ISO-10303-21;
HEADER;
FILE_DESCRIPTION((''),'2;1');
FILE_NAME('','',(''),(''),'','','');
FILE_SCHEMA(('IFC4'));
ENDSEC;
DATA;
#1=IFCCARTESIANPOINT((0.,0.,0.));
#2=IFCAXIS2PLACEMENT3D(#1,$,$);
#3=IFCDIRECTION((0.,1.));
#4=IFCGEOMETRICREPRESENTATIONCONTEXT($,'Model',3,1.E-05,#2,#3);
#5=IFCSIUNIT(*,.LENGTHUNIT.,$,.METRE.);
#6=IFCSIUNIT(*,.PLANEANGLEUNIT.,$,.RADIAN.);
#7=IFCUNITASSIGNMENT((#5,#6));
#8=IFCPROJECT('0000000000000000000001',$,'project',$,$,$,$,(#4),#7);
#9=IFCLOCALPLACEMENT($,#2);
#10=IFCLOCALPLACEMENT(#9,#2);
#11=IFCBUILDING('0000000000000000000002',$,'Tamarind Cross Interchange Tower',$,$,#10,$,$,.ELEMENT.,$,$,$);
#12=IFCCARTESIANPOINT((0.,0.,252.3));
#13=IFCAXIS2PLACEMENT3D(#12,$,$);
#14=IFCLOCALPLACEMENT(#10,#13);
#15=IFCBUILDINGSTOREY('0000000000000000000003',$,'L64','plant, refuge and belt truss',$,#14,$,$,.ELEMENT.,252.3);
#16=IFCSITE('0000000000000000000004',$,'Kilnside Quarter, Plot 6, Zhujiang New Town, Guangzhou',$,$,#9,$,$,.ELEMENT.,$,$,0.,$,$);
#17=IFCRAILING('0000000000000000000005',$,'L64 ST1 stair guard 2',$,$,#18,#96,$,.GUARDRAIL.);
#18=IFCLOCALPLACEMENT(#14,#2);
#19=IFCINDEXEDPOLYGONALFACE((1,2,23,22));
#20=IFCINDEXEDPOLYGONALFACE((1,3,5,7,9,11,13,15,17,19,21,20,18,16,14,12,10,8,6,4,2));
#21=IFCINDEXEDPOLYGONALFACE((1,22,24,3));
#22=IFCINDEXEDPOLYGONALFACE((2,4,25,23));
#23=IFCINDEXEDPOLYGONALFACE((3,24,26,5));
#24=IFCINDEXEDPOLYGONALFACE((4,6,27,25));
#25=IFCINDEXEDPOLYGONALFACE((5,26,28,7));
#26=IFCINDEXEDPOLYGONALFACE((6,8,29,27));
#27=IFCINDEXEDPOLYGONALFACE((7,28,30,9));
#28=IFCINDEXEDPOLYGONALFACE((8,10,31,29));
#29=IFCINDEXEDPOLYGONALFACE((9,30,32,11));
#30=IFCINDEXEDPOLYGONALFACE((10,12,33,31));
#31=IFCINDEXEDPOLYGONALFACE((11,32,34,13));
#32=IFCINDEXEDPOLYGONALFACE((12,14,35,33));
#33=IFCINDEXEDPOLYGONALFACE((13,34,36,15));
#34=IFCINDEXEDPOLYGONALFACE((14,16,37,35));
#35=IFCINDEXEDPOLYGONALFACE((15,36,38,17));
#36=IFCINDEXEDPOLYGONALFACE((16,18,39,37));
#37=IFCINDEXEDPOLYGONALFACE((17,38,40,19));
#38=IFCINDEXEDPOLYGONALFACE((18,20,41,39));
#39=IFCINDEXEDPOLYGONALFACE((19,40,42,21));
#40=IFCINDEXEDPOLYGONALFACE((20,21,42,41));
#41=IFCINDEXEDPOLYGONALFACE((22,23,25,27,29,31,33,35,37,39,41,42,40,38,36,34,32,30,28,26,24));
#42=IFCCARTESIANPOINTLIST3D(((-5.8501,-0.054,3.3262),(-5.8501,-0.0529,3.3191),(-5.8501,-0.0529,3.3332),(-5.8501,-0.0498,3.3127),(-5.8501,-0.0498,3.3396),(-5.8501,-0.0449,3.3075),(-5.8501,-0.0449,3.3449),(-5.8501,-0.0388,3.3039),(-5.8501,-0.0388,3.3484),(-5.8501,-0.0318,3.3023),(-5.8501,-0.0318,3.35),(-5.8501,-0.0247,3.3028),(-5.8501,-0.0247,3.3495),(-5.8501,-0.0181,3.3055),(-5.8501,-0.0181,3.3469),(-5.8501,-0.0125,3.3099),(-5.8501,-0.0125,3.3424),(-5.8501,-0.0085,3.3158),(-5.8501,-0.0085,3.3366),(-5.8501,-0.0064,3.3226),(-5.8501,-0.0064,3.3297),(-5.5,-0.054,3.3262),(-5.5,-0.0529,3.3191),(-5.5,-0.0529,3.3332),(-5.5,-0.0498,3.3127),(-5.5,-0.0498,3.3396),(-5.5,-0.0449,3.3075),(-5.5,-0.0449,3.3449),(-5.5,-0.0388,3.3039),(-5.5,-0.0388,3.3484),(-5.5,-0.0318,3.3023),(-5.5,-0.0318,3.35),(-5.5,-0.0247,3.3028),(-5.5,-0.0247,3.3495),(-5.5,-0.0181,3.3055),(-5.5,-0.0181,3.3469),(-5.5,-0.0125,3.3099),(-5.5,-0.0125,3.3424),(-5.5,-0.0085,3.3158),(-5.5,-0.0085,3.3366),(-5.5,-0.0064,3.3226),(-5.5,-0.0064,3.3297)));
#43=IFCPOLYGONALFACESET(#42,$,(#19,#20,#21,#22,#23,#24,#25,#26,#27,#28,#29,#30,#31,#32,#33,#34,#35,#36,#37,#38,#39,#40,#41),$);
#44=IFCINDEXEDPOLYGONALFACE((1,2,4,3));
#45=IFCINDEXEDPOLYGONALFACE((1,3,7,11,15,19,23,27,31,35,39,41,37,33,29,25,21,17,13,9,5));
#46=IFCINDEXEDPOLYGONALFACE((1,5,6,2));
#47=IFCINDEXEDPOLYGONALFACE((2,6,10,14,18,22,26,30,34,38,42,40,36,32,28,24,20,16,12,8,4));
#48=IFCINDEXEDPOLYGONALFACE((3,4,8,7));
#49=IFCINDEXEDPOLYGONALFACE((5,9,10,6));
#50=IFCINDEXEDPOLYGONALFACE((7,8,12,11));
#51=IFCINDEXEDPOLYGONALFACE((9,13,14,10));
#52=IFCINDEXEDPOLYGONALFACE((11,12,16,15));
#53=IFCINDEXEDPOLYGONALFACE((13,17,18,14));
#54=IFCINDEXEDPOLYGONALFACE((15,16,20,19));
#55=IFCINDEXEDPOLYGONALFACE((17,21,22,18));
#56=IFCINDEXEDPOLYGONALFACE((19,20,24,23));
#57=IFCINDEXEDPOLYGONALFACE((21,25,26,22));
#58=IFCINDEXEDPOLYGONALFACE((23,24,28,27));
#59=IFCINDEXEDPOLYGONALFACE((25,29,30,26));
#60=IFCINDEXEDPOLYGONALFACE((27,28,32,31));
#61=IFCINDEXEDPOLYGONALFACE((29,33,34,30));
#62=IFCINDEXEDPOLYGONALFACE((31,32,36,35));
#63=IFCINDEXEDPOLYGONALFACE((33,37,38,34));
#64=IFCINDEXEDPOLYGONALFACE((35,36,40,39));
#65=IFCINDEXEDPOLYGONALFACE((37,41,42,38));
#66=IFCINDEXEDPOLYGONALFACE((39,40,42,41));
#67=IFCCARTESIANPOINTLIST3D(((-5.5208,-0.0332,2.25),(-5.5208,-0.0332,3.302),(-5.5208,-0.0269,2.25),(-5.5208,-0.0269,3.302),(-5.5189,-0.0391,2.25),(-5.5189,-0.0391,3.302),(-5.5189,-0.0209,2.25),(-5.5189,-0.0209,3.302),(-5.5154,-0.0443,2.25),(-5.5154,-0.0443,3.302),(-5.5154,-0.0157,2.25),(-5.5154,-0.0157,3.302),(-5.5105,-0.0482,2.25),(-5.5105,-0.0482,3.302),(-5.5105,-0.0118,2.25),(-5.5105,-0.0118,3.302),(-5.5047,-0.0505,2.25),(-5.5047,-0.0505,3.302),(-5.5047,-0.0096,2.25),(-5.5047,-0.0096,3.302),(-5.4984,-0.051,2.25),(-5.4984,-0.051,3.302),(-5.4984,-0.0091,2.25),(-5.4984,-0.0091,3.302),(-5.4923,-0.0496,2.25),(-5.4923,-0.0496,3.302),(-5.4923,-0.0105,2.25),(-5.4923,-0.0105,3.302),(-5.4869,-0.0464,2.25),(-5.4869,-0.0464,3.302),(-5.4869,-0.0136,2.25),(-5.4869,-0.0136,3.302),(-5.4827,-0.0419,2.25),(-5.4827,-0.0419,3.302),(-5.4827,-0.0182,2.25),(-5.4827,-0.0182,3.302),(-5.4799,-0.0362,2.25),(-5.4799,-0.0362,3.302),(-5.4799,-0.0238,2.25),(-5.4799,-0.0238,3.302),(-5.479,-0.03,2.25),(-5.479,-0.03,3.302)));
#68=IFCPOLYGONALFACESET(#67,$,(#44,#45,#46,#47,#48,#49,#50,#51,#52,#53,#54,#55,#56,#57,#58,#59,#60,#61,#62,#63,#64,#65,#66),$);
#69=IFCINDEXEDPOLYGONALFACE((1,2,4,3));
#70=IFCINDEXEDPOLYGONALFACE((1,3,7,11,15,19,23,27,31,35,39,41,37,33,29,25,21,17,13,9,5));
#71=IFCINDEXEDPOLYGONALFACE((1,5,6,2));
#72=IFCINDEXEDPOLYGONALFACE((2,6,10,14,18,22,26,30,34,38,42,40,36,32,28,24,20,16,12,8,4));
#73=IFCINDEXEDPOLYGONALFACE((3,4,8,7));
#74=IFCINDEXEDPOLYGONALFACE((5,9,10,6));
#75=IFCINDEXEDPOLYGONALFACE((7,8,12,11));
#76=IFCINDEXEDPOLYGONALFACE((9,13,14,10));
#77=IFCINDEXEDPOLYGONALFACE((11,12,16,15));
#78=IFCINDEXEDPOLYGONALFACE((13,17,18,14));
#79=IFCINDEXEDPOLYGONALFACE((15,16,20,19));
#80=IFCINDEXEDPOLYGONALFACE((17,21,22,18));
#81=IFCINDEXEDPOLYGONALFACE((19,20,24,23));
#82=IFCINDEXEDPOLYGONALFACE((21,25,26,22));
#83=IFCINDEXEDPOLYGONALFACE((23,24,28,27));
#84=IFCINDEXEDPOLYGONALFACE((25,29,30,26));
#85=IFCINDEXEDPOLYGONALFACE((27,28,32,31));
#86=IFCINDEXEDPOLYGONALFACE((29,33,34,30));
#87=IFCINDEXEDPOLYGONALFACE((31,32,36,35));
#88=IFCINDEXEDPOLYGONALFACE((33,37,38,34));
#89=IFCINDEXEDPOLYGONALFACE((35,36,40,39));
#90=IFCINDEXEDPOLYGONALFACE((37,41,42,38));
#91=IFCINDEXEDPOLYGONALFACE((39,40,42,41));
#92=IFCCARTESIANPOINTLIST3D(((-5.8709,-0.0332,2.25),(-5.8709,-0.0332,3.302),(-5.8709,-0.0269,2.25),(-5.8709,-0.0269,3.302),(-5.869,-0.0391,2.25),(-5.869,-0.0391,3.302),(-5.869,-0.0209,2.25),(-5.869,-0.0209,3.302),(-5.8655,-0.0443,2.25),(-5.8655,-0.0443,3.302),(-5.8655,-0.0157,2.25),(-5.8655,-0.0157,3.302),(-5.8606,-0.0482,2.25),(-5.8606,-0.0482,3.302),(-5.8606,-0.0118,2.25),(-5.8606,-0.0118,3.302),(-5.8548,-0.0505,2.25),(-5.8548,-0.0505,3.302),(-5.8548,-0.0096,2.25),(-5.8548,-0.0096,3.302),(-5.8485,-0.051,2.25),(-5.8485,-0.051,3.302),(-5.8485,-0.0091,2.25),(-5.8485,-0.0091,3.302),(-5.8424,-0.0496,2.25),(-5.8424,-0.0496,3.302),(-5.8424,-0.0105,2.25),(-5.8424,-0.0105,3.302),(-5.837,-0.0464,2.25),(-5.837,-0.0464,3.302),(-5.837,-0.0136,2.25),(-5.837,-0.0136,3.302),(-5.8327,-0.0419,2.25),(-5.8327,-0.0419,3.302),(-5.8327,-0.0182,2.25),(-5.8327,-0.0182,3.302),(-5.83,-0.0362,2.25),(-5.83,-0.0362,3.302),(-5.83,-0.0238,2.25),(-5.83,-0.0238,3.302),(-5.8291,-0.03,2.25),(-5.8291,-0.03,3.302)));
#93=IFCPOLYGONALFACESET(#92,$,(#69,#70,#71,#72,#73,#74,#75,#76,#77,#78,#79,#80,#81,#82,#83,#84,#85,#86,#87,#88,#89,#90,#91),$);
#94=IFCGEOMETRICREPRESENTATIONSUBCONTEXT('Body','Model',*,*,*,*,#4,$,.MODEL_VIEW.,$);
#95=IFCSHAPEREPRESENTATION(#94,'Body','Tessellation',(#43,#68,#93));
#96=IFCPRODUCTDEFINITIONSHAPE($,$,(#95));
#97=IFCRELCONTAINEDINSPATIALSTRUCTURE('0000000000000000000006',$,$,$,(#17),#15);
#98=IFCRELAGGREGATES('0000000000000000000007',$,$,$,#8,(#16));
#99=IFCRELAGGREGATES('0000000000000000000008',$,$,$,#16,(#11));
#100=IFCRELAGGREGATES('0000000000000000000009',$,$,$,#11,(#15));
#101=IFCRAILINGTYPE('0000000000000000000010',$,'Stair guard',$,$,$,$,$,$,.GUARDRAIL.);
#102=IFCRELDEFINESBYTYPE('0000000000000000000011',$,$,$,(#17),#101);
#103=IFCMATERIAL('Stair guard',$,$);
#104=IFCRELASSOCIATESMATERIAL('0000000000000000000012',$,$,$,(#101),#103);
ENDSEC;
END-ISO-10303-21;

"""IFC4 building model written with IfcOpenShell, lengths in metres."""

from ifc_helpers import new_model, si_unit, direction, frame, origin, origin_2d, place, context, subcontext, project, spatial, circle, extrude, material, type_object, element, save


model = new_model("IFC4")

# Units and contexts
model_context = context("Model", 3, precision=1e-05, world=origin(), true_north=direction((0.0, 1.0)))
body_context = subcontext(model_context, "Body", "Model", "MODEL_VIEW")
ifc_project = project(units=[si_unit("LENGTHUNIT", "METRE"), si_unit("PLANEANGLEUNIT", "RADIAN")], contexts=[model_context])

# Site, building, storey
site_placement = place(None, origin())
site = spatial("IfcSite", under=ifc_project, at=site_placement, Name="Kilnside Quarter, Plot 6, Zhujiang New Town, Guangzhou", CompositionType="ELEMENT", RefElevation=0.0)
building_placement = place(site_placement, origin())
building = spatial("IfcBuilding", under=site, at=building_placement, Name="Tamarind Cross Interchange Tower", CompositionType="ELEMENT")
storey_placement = place(building_placement, frame((0.0, 0.0, 252.3)))
storey = spatial("IfcBuildingStorey", under=building, at=storey_placement, Name="L64", Description="plant, refuge and belt truss", CompositionType="ELEMENT", Elevation=252.3)

# Railing
ifc_material_1 = material(Name="Stair guard")
railing_type_1 = type_object("IfcRailingType", Name="Stair guard", PredefinedType="GUARDRAIL", material=ifc_material_1)
railing_1_placement = place(storey_placement, frame((-5.5, -0.03, 2.25)))
element("IfcRailing", 1, at=railing_1_placement, inside=storey, type_object=railing_type_1, Name="L64 ST1 stair guard 2", PredefinedType="GUARDRAIL", context=body_context, shape_type="SweptSolid", body=[
    extrude(circle(Radius=0.0239, at=origin_2d()), frame((0.0, 0.0, 1.0762), z_axis=(-1.0, 0.0, 0.0), x_axis=(0.0, -1.0, 0.0)), (0.0, 0.0, 1.0), 0.3501),
    extrude(circle(Radius=0.021, at=origin_2d()), origin(), (0.0, 0.0, 1.0), 1.052),
    extrude(circle(Radius=0.021, at=origin_2d()), frame((-0.3501, 0.0, 0.0)), (0.0, 0.0, 1.0), 1.052),
])

save(model, "model.ifc")
